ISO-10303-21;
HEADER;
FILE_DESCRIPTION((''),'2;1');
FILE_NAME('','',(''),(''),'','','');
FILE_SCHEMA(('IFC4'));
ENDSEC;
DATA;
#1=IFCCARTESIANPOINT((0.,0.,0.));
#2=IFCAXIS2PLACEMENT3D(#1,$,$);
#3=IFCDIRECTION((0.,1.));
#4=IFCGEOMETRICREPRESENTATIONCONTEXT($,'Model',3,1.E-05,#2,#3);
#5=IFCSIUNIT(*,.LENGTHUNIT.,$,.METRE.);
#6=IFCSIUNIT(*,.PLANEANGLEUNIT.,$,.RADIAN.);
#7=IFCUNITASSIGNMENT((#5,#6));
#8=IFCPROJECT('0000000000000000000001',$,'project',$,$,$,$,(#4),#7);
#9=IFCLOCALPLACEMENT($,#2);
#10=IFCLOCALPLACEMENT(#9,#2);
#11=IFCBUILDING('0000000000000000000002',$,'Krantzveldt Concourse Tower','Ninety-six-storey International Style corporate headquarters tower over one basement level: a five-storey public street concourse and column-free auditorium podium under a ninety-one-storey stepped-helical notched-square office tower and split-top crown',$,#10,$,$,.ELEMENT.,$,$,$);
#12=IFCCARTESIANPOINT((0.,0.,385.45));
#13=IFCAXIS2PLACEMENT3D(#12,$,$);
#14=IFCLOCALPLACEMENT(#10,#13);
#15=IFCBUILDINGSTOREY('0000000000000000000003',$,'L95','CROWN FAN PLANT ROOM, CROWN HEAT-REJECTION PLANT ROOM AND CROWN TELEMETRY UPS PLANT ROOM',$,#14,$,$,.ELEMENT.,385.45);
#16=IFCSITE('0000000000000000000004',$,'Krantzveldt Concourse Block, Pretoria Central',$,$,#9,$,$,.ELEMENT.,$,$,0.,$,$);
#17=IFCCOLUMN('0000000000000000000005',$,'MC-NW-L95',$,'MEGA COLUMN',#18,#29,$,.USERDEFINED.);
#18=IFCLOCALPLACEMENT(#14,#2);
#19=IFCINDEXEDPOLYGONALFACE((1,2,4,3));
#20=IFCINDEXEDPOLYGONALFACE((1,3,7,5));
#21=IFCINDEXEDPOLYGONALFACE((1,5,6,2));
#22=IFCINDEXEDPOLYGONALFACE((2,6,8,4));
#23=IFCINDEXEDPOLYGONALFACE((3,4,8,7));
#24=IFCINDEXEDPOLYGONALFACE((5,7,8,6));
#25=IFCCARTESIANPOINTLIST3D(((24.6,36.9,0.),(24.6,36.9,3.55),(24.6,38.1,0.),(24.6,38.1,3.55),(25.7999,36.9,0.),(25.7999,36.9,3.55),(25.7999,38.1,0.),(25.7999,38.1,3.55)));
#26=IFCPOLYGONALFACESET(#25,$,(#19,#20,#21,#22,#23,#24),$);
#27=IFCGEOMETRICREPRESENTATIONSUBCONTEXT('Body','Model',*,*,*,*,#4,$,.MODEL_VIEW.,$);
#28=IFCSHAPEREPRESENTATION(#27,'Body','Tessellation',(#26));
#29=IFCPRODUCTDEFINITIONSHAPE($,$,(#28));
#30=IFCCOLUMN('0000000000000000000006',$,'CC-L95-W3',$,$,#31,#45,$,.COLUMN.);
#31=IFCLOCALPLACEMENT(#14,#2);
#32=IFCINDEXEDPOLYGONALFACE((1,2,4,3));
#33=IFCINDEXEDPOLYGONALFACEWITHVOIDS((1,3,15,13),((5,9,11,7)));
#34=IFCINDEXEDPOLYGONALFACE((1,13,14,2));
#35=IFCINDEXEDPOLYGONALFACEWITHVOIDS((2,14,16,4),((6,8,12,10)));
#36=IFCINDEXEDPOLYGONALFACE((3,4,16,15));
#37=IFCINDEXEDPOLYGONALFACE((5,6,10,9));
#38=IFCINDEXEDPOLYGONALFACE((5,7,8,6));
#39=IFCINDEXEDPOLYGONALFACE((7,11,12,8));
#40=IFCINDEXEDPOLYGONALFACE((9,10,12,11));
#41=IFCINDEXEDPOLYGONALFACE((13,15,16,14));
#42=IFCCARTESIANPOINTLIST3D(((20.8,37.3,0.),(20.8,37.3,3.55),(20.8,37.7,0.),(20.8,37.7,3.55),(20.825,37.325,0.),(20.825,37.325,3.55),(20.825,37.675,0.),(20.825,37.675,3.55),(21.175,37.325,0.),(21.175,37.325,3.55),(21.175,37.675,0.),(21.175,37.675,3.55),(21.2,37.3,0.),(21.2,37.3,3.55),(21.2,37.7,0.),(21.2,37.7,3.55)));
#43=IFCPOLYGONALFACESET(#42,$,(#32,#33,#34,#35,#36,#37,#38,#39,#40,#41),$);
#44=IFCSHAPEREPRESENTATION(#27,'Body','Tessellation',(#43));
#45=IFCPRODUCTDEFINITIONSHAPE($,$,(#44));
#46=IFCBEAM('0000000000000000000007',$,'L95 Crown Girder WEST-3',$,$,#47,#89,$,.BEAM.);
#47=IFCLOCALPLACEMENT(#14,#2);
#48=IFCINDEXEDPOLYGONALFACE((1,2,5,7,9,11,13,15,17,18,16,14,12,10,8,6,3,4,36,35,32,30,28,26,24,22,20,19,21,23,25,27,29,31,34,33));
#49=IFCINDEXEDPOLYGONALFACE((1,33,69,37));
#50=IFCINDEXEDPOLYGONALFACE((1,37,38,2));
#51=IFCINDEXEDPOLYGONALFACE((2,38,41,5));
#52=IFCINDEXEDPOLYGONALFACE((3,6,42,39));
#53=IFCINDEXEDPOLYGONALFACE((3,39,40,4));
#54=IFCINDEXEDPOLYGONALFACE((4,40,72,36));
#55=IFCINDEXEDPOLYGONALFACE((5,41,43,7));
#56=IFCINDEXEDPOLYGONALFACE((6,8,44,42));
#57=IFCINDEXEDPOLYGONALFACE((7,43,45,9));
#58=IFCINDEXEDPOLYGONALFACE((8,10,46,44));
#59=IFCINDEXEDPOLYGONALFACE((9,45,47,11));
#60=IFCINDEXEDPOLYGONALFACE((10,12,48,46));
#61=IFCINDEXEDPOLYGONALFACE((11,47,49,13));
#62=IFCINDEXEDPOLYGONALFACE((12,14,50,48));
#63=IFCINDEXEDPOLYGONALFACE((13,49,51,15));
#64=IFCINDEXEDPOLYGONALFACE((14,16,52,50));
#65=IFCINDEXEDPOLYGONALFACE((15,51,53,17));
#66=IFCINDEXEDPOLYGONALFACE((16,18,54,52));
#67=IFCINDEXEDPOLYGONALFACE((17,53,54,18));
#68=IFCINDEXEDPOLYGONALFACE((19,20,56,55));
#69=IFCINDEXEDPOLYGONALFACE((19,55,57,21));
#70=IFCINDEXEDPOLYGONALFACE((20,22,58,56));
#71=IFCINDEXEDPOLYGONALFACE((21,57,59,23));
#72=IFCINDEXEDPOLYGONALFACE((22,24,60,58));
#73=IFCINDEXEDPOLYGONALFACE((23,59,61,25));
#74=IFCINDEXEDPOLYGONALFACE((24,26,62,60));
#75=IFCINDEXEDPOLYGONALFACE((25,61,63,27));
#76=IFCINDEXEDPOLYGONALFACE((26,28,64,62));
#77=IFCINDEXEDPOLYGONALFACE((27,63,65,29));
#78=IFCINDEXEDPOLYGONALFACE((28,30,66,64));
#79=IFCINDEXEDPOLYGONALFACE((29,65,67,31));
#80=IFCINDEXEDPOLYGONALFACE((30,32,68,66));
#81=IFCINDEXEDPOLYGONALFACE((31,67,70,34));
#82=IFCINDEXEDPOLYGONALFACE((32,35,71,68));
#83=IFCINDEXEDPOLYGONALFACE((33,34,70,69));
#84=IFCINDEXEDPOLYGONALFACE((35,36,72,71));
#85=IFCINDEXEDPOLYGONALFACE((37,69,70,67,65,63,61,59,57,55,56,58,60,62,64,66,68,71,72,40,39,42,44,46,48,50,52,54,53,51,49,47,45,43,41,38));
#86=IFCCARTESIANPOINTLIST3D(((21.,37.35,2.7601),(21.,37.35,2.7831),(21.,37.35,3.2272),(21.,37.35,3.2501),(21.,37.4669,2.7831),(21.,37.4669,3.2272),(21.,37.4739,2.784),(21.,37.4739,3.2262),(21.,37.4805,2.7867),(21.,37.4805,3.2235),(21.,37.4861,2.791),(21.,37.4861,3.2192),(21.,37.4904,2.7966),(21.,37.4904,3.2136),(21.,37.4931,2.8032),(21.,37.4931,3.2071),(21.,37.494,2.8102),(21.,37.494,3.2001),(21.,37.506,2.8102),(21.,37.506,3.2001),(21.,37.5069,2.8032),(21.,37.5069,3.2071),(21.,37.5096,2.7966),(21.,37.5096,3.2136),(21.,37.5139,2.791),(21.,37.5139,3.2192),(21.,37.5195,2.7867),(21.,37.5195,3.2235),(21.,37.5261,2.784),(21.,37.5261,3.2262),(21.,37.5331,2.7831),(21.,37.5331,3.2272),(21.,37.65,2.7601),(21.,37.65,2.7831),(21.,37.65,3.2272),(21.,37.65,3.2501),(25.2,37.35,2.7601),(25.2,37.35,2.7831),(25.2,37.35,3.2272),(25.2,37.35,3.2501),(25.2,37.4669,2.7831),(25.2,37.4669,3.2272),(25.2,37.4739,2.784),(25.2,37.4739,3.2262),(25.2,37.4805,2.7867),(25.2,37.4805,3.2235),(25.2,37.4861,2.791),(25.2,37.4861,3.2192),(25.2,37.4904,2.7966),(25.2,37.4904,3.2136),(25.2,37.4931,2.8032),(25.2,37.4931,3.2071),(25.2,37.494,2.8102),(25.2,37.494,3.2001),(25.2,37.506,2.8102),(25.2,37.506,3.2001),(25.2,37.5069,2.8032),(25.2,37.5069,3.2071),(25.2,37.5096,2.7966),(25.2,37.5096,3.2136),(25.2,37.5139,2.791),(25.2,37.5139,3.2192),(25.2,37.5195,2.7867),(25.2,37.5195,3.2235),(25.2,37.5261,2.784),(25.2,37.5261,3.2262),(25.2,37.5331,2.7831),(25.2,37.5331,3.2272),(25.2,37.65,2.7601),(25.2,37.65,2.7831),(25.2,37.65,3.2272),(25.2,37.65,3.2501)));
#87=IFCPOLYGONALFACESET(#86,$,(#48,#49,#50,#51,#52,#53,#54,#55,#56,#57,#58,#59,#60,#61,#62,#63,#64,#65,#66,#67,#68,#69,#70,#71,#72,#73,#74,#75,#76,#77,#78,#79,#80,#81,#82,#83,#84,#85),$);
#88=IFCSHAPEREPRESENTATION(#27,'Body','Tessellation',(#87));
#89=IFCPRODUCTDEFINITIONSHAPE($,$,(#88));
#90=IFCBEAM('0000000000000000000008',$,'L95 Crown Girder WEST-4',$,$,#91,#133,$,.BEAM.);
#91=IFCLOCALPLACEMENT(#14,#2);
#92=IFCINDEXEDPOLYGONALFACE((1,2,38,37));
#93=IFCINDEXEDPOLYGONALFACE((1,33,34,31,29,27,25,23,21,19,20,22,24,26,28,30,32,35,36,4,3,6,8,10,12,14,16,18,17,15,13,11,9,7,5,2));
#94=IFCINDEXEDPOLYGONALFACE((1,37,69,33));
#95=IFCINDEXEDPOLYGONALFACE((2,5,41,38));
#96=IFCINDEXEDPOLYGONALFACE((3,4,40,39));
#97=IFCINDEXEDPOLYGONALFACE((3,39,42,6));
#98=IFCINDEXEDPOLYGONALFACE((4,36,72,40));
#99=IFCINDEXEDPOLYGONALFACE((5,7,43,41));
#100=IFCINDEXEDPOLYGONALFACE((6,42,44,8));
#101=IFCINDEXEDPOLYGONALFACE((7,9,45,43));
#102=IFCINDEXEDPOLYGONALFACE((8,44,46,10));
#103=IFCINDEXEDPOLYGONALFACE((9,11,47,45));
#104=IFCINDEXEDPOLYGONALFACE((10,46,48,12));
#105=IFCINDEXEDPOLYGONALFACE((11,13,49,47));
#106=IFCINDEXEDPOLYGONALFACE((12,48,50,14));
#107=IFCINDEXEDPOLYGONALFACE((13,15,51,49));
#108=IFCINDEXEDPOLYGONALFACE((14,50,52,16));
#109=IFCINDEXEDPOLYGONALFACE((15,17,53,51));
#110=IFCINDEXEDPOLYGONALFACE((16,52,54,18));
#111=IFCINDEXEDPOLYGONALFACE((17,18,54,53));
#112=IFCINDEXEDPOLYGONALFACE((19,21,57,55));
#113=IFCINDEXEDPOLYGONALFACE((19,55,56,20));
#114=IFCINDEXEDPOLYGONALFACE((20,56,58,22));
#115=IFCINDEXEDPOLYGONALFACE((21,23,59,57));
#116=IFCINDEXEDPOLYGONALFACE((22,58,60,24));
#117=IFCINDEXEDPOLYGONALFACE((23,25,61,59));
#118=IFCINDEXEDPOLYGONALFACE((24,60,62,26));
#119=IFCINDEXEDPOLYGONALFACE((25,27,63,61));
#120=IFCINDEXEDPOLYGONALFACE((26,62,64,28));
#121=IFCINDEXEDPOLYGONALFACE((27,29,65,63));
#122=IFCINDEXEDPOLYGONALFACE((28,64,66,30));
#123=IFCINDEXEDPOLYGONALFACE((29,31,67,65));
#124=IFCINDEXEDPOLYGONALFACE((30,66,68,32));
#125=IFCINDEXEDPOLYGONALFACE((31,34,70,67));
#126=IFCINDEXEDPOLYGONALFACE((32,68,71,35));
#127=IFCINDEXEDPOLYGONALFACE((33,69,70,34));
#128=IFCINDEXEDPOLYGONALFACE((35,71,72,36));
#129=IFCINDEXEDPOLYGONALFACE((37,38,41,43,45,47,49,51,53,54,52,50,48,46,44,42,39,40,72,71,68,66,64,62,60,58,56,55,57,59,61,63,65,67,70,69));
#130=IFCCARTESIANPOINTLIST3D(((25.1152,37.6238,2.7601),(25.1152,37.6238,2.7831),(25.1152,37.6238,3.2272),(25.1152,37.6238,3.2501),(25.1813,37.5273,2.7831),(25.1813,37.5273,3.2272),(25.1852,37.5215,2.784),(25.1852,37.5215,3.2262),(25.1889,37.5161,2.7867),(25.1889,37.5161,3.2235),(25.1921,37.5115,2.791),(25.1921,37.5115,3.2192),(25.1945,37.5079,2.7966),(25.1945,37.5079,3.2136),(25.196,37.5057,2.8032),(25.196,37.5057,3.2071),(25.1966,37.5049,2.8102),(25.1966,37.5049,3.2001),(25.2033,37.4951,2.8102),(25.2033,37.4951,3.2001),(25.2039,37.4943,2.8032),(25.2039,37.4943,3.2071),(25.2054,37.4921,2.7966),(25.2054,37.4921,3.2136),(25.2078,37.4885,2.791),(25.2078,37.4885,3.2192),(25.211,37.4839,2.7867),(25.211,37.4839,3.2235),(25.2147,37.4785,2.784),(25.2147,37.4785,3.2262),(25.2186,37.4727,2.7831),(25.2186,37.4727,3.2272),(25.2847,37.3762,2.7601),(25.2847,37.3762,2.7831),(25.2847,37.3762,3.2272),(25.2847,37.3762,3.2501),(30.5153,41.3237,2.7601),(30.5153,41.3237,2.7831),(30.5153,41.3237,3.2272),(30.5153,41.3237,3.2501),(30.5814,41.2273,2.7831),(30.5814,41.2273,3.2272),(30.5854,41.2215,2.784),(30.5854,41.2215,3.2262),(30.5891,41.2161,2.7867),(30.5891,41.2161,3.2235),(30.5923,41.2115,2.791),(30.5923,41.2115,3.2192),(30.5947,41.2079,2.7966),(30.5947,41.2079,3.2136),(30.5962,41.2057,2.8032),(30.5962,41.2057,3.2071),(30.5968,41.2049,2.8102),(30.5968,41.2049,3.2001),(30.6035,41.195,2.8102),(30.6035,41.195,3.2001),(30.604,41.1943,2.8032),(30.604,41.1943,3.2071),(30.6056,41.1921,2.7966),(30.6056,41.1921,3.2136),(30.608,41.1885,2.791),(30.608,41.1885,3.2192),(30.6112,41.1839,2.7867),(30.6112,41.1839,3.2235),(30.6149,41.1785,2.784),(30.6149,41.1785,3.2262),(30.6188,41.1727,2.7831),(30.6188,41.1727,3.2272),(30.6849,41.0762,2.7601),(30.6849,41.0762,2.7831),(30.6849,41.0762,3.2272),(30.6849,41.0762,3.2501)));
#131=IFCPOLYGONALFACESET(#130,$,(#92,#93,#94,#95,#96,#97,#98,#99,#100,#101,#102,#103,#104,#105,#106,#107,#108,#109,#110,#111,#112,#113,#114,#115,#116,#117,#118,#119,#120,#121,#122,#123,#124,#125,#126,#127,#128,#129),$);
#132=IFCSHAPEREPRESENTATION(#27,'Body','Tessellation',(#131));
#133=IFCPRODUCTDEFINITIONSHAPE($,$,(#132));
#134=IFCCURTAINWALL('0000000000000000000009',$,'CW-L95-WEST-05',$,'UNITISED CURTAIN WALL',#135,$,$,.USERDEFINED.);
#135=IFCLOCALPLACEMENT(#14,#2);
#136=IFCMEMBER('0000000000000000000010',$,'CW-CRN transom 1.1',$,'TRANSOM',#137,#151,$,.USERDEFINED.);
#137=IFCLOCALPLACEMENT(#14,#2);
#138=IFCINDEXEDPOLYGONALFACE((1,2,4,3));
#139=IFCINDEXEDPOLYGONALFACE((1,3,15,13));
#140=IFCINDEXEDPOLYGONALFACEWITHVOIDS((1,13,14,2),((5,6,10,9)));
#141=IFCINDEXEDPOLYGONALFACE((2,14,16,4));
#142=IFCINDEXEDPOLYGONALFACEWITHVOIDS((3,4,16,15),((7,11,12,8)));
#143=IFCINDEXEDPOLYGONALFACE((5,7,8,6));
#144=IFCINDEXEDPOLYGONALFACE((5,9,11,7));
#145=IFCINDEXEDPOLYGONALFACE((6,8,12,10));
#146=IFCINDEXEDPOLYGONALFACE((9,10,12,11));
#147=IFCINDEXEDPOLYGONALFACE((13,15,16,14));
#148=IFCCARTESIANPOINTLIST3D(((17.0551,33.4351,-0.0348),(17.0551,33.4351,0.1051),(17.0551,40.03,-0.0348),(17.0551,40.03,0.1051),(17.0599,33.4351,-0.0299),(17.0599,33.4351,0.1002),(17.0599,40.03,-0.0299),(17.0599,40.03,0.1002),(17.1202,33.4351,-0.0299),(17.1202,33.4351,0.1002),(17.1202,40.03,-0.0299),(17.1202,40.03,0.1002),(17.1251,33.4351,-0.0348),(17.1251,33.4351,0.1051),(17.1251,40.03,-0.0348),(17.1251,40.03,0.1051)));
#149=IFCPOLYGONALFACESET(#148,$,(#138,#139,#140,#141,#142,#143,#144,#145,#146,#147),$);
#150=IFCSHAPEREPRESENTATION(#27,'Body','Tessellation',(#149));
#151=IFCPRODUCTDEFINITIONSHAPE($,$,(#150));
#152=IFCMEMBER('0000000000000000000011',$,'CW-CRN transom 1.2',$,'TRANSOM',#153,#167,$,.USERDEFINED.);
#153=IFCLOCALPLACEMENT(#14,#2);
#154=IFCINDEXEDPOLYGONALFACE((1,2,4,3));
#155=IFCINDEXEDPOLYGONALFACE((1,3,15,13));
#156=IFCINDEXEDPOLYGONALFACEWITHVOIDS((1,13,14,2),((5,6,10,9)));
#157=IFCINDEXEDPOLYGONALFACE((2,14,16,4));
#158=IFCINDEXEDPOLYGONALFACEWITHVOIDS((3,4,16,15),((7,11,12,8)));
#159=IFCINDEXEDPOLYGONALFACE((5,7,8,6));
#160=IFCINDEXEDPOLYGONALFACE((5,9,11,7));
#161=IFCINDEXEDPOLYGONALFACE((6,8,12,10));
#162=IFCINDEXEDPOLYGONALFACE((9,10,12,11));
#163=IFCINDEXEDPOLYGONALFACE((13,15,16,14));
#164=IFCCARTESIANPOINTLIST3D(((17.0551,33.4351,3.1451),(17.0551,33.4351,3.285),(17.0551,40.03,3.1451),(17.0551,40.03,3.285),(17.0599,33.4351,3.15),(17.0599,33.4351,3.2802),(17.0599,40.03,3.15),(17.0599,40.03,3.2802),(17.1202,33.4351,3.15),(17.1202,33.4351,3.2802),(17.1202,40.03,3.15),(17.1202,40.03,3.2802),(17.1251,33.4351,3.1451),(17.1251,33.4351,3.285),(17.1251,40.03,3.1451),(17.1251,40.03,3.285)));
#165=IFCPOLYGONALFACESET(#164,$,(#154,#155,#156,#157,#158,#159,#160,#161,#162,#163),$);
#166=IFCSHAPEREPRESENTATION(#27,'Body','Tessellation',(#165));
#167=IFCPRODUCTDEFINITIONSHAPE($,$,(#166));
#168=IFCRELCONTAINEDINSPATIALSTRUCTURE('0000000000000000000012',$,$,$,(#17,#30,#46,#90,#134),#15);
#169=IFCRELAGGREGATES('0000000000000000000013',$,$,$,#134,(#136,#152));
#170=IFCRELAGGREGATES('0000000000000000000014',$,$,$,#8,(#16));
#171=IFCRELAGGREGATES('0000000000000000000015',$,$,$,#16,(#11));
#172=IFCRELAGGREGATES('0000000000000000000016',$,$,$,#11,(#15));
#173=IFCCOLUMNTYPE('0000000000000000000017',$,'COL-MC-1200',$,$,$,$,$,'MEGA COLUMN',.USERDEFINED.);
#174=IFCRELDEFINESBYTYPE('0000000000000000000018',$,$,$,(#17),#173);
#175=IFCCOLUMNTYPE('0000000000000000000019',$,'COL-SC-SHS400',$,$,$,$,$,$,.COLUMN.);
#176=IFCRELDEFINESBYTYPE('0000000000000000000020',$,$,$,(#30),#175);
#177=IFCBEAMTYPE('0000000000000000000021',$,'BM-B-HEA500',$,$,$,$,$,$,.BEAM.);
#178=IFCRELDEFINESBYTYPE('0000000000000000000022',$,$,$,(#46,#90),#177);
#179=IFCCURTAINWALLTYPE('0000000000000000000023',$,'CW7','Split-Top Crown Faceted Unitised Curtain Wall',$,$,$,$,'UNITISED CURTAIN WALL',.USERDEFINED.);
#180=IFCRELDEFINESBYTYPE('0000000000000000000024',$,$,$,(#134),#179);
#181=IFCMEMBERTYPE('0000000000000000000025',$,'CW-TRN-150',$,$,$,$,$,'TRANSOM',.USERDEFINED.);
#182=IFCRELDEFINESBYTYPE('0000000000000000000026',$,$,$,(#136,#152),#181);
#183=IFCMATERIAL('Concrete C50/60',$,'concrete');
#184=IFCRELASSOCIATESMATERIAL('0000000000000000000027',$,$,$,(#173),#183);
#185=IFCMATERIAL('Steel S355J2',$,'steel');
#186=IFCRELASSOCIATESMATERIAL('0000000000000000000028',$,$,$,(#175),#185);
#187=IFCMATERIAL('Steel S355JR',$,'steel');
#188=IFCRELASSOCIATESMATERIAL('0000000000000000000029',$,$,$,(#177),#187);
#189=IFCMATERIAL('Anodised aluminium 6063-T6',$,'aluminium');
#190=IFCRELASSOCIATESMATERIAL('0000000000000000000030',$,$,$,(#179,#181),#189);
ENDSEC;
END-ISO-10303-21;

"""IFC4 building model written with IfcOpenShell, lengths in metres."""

from ifc_helpers import new_model, si_unit, direction, frame, origin, origin_2d, place, context, subcontext, project, spatial, rectangle, hollow_rectangle, i_section, extrude, source, transform, mapped, material, material_profile, profile_set, type_object, type_shapes, element, aggregate, save


model = new_model("IFC4")

# Units and contexts
model_context = context("Model", 3, precision=1e-05, world=origin(), true_north=direction((0.0, 1.0)))
body_context = subcontext(model_context, "Body", "Model", "MODEL_VIEW")
ifc_project = project(units=[si_unit("LENGTHUNIT", "METRE"), si_unit("PLANEANGLEUNIT", "RADIAN")], contexts=[model_context])

# Site, building, storey
site_placement = place(None, origin())
site = spatial("IfcSite", under=ifc_project, at=site_placement, Name="Krantzveldt Concourse Block, Pretoria Central", CompositionType="ELEMENT", RefElevation=0.0)
building_placement = place(site_placement, origin())
building = spatial("IfcBuilding", under=site, at=building_placement, Name="Krantzveldt Concourse Tower", Description="Ninety-six-storey International Style corporate headquarters tower over one basement level: a five-storey public street concourse and column-free auditorium podium under a ninety-one-storey stepped-helical notched-square office tower and split-top crown", CompositionType="ELEMENT")
storey_placement = place(building_placement, frame((0.0, 0.0, 385.45)))
storey = spatial("IfcBuildingStorey", under=building, at=storey_placement, Name="L95", Description="CROWN FAN PLANT ROOM, CROWN HEAT-REJECTION PLANT ROOM AND CROWN TELEMETRY UPS PLANT ROOM", CompositionType="ELEMENT", Elevation=385.45)

# Columns
ifc_material_1 = material(Name="Concrete C50/60", Category="concrete")
ifc_material_profile_1 = material_profile(ifc_material_1, rectangle(XDim=1.2, YDim=1.2, at=origin_2d()), Name="Concrete C50/60", Category="concrete")
ifc_profile_set_1 = profile_set([ifc_material_profile_1], Name="Concrete C50/60 - RC 1200x1200")
column_type_1 = type_object("IfcColumnType", Name="COL-MC-1200", ElementType="MEGA COLUMN", PredefinedType="USERDEFINED", material=ifc_profile_set_1)
shared_shape_1 = source(origin(), body_context, "Body", "SweptSolid", [
    extrude(rectangle(XDim=1.2, YDim=1.2, at=origin_2d()), origin(), (0.0, 0.0, 1.0), 3.55),
])
type_shapes(column_type_1, [shared_shape_1])
column_1_placement = place(storey_placement, frame((25.2, 37.5, 0.0), z_axis=(0.0, 0.0, 1.0), x_axis=(1.0, 0.0, 0.0)))
element("IfcColumn", 1, at=column_1_placement, inside=storey, type_object=column_type_1, Name="MC-NW-L95", ObjectType="MEGA COLUMN", PredefinedType="USERDEFINED", context=body_context, shape_type="MappedRepresentation", body=[
    mapped(shared_shape_1, transform((0.0, 0.0, 0.0), x_axis=(1.0, 0.0, 0.0), y_axis=(0.0, 1.0, 0.0), z_axis=(0.0, 0.0, 1.0), scale=1.0)),
])
ifc_material_2 = material(Name="Steel S355J2", Category="steel")
ifc_material_profile_2 = material_profile(ifc_material_2, hollow_rectangle(XDim=0.3999, YDim=0.3999, WallThickness=0.0249, at=origin_2d()), Name="Steel S355J2", Category="steel")
ifc_profile_set_2 = profile_set([ifc_material_profile_2], Name="Steel S355J2 - SHS 400x400x25")
column_type_2 = type_object("IfcColumnType", Name="COL-SC-SHS400", PredefinedType="COLUMN", material=ifc_profile_set_2)
shared_shape_2 = source(origin(), body_context, "Body", "SweptSolid", [
    extrude(hollow_rectangle(XDim=0.3999, YDim=0.3999, WallThickness=0.0249, at=origin_2d()), origin(), (0.0, 0.0, 1.0), 3.55),
])
type_shapes(column_type_2, [shared_shape_2])
column_2_placement = place(storey_placement, frame((21.0, 37.5, 0.0), z_axis=(0.0, 0.0, 1.0), x_axis=(1.0, 0.0, 0.0)))
element("IfcColumn", 2, at=column_2_placement, inside=storey, type_object=column_type_2, Name="CC-L95-W3", PredefinedType="COLUMN", context=body_context, shape_type="MappedRepresentation", body=[
    mapped(shared_shape_2, transform((0.0, 0.0, 0.0), x_axis=(1.0, 0.0, 0.0), y_axis=(0.0, 1.0, 0.0), z_axis=(0.0, 0.0, 1.0), scale=1.0)),
])

# Beams
ifc_material_3 = material(Name="Steel S355JR", Category="steel")
ifc_material_profile_3 = material_profile(ifc_material_3, i_section(OverallWidth=0.3, OverallDepth=0.49, WebThickness=0.012, FlangeThickness=0.0229, FilletRadius=0.0271, at=origin_2d()), Name="Steel S355JR", Category="steel")
ifc_profile_set_3 = profile_set([ifc_material_profile_3], Name="Steel S355JR - HEA 500")
beam_type = type_object("IfcBeamType", Name="BM-B-HEA500", PredefinedType="BEAM", material=ifc_profile_set_3)
shared_shape_3 = source(origin(), body_context, "Body", "SweptSolid", [
    extrude(i_section(OverallWidth=0.3, OverallDepth=0.49, WebThickness=0.012, FlangeThickness=0.0229, FilletRadius=0.0271, at=origin_2d()), origin(), (0.0, 0.0, 1.0), 4.2),
])
beam_1_placement = place(storey_placement, frame((21.0, 37.5, 3.0051), z_axis=(1.0, 0.0, 0.0), x_axis=(0.0, 1.0, 0.0)))
element("IfcBeam", 3, at=beam_1_placement, inside=storey, type_object=beam_type, Name="L95 Crown Girder WEST-3", PredefinedType="BEAM", context=body_context, shape_type="MappedRepresentation", body=[
    mapped(shared_shape_3, transform((0.0, 0.0, 0.0), x_axis=(1.0, 0.0, 0.0), y_axis=(0.0, 1.0, 0.0), z_axis=(0.0, 0.0, 1.0), scale=1.0)),
])
shared_shape_4 = source(origin(), body_context, "Body", "SweptSolid", [
    extrude(i_section(OverallWidth=0.3, OverallDepth=0.49, WebThickness=0.012, FlangeThickness=0.0229, FilletRadius=0.0271, at=origin_2d()), origin(), (0.0, 0.0, 1.0), 6.5461),
])
type_shapes(beam_type, [shared_shape_3, shared_shape_4])
beam_2_placement = place(storey_placement, frame((25.2, 37.5, 3.0051), z_axis=(0.824943, 0.565216, 0.0), x_axis=(-0.565216, 0.824943, 0.0)))
element("IfcBeam", 4, at=beam_2_placement, inside=storey, type_object=beam_type, Name="L95 Crown Girder WEST-4", PredefinedType="BEAM", context=body_context, shape_type="MappedRepresentation", body=[
    mapped(shared_shape_4, transform((0.0, 0.0, 0.0), x_axis=(1.0, 0.0, 0.0), y_axis=(0.0, 1.0, 0.0), z_axis=(0.0, 0.0, 1.0), scale=1.0)),
])

# Curtain wall, members
ifc_material_4 = material(Name="Anodised aluminium 6063-T6", Category="aluminium")
curtain_wall_type = type_object("IfcCurtainWallType", Name="CW7", Description="Split-Top Crown Faceted Unitised Curtain Wall", ElementType="UNITISED CURTAIN WALL", PredefinedType="USERDEFINED", material=ifc_material_4)
curtain_wall_1_placement = place(storey_placement, origin())
curtain_wall_1 = element("IfcCurtainWall", 5, at=curtain_wall_1_placement, inside=storey, type_object=curtain_wall_type, Name="CW-L95-WEST-05", ObjectType="UNITISED CURTAIN WALL", PredefinedType="USERDEFINED")
ifc_material_profile_4 = material_profile(ifc_material_4, hollow_rectangle(XDim=0.0701, YDim=0.1399, WallThickness=0.0049, at=origin_2d()), Name="Anodised aluminium 6063-T6", Category="aluminium")
ifc_profile_set_4 = profile_set([ifc_material_profile_4], Name="Anodised aluminium 6063-T6 - ALU-TRAN 140x70x5")
member_type_1 = type_object("IfcMemberType", Name="CW-TRN-150", ElementType="TRANSOM", PredefinedType="USERDEFINED", material=ifc_profile_set_4)
shared_shape_5 = source(origin(), body_context, "Body", "SweptSolid", [
    extrude(hollow_rectangle(XDim=0.0701, YDim=0.1399, WallThickness=0.0049, at=origin_2d()), origin(), (0.0, 0.0, 1.0), 6.595),
])
member_1_placement = place(storey_placement, frame((17.0901, 40.03, 0.0352), z_axis=(0.0, -1.0, 0.0), x_axis=(1.0, 0.0, 0.0)))
member_1 = element("IfcMember", 6, at=member_1_placement, type_object=member_type_1, Name="CW-CRN transom 1.1", ObjectType="TRANSOM", PredefinedType="USERDEFINED", context=body_context, shape_type="MappedRepresentation", body=[
    mapped(shared_shape_5, transform((0.0, 0.0, 0.0), x_axis=(1.0, 0.0, 0.0), y_axis=(0.0, 1.0, 0.0), z_axis=(0.0, 0.0, 1.0), scale=1.0)),
])
member_2_placement = place(storey_placement, frame((17.0901, 40.03, 3.2151), z_axis=(0.0, -1.0, 0.0), x_axis=(1.0, 0.0, 0.0)))
member_2 = element("IfcMember", 7, at=member_2_placement, type_object=member_type_1, Name="CW-CRN transom 1.2", ObjectType="TRANSOM", PredefinedType="USERDEFINED", context=body_context, shape_type="MappedRepresentation", body=[
    mapped(shared_shape_5, transform((0.0, 0.0, 0.0), x_axis=(1.0, 0.0, 0.0), y_axis=(0.0, 1.0, 0.0), z_axis=(0.0, 0.0, 1.0), scale=1.0)),
])

aggregate(curtain_wall_1, [member_1, member_2])

save(model, "model.ifc")
